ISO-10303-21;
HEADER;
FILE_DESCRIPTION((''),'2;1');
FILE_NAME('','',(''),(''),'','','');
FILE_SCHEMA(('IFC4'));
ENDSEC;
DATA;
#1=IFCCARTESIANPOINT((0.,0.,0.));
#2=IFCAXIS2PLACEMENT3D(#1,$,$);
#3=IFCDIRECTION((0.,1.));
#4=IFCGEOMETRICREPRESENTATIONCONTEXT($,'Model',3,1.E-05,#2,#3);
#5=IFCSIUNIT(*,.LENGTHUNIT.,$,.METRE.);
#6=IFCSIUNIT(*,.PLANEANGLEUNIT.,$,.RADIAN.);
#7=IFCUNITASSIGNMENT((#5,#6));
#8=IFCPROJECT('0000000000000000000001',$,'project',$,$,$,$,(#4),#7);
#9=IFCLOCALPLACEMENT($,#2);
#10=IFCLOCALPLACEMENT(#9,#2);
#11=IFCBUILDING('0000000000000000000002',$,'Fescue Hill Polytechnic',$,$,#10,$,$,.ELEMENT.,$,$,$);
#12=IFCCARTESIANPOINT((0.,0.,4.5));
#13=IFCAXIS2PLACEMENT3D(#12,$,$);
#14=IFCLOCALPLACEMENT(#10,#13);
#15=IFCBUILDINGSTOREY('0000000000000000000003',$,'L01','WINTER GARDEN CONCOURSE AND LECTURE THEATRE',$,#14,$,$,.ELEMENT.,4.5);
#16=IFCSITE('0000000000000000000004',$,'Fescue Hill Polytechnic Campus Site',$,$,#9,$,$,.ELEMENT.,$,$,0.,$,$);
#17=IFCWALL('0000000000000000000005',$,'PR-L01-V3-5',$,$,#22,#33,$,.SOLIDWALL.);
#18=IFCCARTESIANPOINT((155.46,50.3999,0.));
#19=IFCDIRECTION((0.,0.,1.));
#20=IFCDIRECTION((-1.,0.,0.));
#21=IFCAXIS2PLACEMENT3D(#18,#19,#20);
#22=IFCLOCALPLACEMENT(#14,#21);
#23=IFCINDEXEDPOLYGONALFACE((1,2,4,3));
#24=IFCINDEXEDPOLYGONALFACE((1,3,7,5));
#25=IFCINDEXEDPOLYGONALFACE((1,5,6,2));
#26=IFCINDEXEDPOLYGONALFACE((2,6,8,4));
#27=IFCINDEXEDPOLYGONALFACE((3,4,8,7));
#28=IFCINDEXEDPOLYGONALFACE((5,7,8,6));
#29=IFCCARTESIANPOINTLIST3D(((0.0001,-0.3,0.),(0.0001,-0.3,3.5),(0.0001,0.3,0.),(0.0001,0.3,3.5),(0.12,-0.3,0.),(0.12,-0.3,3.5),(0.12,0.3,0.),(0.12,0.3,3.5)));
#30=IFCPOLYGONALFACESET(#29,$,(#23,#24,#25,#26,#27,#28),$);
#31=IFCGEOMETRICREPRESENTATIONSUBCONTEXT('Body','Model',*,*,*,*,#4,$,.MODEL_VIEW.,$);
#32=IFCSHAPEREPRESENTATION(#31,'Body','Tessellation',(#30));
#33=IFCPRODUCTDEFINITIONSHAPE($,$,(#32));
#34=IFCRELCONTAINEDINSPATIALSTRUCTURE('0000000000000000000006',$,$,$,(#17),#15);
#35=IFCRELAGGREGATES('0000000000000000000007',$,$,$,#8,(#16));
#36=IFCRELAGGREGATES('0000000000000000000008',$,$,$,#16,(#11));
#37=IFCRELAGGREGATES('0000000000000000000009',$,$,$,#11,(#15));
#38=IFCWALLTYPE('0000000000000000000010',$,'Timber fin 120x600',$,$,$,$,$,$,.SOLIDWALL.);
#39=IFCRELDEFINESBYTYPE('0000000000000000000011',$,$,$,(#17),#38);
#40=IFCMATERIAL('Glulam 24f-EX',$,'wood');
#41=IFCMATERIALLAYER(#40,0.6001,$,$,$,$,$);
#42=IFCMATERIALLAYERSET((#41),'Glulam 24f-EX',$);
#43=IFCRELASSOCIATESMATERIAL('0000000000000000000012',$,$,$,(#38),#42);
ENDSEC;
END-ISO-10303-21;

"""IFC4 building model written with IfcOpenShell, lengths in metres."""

from ifc_helpers import new_model, si_unit, direction, frame, frame_2d, origin, place, context, subcontext, project, spatial, rectangle, extrude, material, layer, layer_set, type_object, element, save


model = new_model("IFC4")

# Units and contexts
model_context = context("Model", 3, precision=1e-05, world=origin(), true_north=direction((0.0, 1.0)))
body_context = subcontext(model_context, "Body", "Model", "MODEL_VIEW")
ifc_project = project(units=[si_unit("LENGTHUNIT", "METRE"), si_unit("PLANEANGLEUNIT", "RADIAN")], contexts=[model_context])

# Site, building, storey
site_placement = place(None, origin())
site = spatial("IfcSite", under=ifc_project, at=site_placement, Name="Fescue Hill Polytechnic Campus Site", CompositionType="ELEMENT", RefElevation=0.0)
building_placement = place(site_placement, origin())
building = spatial("IfcBuilding", under=site, at=building_placement, Name="Fescue Hill Polytechnic", CompositionType="ELEMENT")
storey_placement = place(building_placement, frame((0.0, 0.0, 4.5)))
storey = spatial("IfcBuildingStorey", under=building, at=storey_placement, Name="L01", Description="WINTER GARDEN CONCOURSE AND LECTURE THEATRE", CompositionType="ELEMENT", Elevation=4.5)

# Wall
ifc_material_1 = material(Name="Glulam 24f-EX", Category="wood")
ifc_layer_1 = layer(ifc_material_1, 0.6001)
ifc_layer_set_1 = layer_set([ifc_layer_1], Name="Glulam 24f-EX")
wall_type_1 = type_object("IfcWallType", Name="Timber fin 120x600", PredefinedType="SOLIDWALL", material=ifc_layer_set_1)
wall_1_placement = place(storey_placement, frame((155.46, 50.3999, 0.0), z_axis=(0.0, 0.0, 1.0), x_axis=(-1.0, 0.0, 0.0)))
element("IfcWall", 1, at=wall_1_placement, inside=storey, type_object=wall_type_1, Name="PR-L01-V3-5", PredefinedType="SOLIDWALL", context=body_context, shape_type="SweptSolid", body=[
    extrude(rectangle(XDim=0.1199, YDim=0.6001, at=frame_2d((0.0601, 0.0))), origin(), (0.0, 0.0, 1.0), 3.5),
])

save(model, "model.ifc")
